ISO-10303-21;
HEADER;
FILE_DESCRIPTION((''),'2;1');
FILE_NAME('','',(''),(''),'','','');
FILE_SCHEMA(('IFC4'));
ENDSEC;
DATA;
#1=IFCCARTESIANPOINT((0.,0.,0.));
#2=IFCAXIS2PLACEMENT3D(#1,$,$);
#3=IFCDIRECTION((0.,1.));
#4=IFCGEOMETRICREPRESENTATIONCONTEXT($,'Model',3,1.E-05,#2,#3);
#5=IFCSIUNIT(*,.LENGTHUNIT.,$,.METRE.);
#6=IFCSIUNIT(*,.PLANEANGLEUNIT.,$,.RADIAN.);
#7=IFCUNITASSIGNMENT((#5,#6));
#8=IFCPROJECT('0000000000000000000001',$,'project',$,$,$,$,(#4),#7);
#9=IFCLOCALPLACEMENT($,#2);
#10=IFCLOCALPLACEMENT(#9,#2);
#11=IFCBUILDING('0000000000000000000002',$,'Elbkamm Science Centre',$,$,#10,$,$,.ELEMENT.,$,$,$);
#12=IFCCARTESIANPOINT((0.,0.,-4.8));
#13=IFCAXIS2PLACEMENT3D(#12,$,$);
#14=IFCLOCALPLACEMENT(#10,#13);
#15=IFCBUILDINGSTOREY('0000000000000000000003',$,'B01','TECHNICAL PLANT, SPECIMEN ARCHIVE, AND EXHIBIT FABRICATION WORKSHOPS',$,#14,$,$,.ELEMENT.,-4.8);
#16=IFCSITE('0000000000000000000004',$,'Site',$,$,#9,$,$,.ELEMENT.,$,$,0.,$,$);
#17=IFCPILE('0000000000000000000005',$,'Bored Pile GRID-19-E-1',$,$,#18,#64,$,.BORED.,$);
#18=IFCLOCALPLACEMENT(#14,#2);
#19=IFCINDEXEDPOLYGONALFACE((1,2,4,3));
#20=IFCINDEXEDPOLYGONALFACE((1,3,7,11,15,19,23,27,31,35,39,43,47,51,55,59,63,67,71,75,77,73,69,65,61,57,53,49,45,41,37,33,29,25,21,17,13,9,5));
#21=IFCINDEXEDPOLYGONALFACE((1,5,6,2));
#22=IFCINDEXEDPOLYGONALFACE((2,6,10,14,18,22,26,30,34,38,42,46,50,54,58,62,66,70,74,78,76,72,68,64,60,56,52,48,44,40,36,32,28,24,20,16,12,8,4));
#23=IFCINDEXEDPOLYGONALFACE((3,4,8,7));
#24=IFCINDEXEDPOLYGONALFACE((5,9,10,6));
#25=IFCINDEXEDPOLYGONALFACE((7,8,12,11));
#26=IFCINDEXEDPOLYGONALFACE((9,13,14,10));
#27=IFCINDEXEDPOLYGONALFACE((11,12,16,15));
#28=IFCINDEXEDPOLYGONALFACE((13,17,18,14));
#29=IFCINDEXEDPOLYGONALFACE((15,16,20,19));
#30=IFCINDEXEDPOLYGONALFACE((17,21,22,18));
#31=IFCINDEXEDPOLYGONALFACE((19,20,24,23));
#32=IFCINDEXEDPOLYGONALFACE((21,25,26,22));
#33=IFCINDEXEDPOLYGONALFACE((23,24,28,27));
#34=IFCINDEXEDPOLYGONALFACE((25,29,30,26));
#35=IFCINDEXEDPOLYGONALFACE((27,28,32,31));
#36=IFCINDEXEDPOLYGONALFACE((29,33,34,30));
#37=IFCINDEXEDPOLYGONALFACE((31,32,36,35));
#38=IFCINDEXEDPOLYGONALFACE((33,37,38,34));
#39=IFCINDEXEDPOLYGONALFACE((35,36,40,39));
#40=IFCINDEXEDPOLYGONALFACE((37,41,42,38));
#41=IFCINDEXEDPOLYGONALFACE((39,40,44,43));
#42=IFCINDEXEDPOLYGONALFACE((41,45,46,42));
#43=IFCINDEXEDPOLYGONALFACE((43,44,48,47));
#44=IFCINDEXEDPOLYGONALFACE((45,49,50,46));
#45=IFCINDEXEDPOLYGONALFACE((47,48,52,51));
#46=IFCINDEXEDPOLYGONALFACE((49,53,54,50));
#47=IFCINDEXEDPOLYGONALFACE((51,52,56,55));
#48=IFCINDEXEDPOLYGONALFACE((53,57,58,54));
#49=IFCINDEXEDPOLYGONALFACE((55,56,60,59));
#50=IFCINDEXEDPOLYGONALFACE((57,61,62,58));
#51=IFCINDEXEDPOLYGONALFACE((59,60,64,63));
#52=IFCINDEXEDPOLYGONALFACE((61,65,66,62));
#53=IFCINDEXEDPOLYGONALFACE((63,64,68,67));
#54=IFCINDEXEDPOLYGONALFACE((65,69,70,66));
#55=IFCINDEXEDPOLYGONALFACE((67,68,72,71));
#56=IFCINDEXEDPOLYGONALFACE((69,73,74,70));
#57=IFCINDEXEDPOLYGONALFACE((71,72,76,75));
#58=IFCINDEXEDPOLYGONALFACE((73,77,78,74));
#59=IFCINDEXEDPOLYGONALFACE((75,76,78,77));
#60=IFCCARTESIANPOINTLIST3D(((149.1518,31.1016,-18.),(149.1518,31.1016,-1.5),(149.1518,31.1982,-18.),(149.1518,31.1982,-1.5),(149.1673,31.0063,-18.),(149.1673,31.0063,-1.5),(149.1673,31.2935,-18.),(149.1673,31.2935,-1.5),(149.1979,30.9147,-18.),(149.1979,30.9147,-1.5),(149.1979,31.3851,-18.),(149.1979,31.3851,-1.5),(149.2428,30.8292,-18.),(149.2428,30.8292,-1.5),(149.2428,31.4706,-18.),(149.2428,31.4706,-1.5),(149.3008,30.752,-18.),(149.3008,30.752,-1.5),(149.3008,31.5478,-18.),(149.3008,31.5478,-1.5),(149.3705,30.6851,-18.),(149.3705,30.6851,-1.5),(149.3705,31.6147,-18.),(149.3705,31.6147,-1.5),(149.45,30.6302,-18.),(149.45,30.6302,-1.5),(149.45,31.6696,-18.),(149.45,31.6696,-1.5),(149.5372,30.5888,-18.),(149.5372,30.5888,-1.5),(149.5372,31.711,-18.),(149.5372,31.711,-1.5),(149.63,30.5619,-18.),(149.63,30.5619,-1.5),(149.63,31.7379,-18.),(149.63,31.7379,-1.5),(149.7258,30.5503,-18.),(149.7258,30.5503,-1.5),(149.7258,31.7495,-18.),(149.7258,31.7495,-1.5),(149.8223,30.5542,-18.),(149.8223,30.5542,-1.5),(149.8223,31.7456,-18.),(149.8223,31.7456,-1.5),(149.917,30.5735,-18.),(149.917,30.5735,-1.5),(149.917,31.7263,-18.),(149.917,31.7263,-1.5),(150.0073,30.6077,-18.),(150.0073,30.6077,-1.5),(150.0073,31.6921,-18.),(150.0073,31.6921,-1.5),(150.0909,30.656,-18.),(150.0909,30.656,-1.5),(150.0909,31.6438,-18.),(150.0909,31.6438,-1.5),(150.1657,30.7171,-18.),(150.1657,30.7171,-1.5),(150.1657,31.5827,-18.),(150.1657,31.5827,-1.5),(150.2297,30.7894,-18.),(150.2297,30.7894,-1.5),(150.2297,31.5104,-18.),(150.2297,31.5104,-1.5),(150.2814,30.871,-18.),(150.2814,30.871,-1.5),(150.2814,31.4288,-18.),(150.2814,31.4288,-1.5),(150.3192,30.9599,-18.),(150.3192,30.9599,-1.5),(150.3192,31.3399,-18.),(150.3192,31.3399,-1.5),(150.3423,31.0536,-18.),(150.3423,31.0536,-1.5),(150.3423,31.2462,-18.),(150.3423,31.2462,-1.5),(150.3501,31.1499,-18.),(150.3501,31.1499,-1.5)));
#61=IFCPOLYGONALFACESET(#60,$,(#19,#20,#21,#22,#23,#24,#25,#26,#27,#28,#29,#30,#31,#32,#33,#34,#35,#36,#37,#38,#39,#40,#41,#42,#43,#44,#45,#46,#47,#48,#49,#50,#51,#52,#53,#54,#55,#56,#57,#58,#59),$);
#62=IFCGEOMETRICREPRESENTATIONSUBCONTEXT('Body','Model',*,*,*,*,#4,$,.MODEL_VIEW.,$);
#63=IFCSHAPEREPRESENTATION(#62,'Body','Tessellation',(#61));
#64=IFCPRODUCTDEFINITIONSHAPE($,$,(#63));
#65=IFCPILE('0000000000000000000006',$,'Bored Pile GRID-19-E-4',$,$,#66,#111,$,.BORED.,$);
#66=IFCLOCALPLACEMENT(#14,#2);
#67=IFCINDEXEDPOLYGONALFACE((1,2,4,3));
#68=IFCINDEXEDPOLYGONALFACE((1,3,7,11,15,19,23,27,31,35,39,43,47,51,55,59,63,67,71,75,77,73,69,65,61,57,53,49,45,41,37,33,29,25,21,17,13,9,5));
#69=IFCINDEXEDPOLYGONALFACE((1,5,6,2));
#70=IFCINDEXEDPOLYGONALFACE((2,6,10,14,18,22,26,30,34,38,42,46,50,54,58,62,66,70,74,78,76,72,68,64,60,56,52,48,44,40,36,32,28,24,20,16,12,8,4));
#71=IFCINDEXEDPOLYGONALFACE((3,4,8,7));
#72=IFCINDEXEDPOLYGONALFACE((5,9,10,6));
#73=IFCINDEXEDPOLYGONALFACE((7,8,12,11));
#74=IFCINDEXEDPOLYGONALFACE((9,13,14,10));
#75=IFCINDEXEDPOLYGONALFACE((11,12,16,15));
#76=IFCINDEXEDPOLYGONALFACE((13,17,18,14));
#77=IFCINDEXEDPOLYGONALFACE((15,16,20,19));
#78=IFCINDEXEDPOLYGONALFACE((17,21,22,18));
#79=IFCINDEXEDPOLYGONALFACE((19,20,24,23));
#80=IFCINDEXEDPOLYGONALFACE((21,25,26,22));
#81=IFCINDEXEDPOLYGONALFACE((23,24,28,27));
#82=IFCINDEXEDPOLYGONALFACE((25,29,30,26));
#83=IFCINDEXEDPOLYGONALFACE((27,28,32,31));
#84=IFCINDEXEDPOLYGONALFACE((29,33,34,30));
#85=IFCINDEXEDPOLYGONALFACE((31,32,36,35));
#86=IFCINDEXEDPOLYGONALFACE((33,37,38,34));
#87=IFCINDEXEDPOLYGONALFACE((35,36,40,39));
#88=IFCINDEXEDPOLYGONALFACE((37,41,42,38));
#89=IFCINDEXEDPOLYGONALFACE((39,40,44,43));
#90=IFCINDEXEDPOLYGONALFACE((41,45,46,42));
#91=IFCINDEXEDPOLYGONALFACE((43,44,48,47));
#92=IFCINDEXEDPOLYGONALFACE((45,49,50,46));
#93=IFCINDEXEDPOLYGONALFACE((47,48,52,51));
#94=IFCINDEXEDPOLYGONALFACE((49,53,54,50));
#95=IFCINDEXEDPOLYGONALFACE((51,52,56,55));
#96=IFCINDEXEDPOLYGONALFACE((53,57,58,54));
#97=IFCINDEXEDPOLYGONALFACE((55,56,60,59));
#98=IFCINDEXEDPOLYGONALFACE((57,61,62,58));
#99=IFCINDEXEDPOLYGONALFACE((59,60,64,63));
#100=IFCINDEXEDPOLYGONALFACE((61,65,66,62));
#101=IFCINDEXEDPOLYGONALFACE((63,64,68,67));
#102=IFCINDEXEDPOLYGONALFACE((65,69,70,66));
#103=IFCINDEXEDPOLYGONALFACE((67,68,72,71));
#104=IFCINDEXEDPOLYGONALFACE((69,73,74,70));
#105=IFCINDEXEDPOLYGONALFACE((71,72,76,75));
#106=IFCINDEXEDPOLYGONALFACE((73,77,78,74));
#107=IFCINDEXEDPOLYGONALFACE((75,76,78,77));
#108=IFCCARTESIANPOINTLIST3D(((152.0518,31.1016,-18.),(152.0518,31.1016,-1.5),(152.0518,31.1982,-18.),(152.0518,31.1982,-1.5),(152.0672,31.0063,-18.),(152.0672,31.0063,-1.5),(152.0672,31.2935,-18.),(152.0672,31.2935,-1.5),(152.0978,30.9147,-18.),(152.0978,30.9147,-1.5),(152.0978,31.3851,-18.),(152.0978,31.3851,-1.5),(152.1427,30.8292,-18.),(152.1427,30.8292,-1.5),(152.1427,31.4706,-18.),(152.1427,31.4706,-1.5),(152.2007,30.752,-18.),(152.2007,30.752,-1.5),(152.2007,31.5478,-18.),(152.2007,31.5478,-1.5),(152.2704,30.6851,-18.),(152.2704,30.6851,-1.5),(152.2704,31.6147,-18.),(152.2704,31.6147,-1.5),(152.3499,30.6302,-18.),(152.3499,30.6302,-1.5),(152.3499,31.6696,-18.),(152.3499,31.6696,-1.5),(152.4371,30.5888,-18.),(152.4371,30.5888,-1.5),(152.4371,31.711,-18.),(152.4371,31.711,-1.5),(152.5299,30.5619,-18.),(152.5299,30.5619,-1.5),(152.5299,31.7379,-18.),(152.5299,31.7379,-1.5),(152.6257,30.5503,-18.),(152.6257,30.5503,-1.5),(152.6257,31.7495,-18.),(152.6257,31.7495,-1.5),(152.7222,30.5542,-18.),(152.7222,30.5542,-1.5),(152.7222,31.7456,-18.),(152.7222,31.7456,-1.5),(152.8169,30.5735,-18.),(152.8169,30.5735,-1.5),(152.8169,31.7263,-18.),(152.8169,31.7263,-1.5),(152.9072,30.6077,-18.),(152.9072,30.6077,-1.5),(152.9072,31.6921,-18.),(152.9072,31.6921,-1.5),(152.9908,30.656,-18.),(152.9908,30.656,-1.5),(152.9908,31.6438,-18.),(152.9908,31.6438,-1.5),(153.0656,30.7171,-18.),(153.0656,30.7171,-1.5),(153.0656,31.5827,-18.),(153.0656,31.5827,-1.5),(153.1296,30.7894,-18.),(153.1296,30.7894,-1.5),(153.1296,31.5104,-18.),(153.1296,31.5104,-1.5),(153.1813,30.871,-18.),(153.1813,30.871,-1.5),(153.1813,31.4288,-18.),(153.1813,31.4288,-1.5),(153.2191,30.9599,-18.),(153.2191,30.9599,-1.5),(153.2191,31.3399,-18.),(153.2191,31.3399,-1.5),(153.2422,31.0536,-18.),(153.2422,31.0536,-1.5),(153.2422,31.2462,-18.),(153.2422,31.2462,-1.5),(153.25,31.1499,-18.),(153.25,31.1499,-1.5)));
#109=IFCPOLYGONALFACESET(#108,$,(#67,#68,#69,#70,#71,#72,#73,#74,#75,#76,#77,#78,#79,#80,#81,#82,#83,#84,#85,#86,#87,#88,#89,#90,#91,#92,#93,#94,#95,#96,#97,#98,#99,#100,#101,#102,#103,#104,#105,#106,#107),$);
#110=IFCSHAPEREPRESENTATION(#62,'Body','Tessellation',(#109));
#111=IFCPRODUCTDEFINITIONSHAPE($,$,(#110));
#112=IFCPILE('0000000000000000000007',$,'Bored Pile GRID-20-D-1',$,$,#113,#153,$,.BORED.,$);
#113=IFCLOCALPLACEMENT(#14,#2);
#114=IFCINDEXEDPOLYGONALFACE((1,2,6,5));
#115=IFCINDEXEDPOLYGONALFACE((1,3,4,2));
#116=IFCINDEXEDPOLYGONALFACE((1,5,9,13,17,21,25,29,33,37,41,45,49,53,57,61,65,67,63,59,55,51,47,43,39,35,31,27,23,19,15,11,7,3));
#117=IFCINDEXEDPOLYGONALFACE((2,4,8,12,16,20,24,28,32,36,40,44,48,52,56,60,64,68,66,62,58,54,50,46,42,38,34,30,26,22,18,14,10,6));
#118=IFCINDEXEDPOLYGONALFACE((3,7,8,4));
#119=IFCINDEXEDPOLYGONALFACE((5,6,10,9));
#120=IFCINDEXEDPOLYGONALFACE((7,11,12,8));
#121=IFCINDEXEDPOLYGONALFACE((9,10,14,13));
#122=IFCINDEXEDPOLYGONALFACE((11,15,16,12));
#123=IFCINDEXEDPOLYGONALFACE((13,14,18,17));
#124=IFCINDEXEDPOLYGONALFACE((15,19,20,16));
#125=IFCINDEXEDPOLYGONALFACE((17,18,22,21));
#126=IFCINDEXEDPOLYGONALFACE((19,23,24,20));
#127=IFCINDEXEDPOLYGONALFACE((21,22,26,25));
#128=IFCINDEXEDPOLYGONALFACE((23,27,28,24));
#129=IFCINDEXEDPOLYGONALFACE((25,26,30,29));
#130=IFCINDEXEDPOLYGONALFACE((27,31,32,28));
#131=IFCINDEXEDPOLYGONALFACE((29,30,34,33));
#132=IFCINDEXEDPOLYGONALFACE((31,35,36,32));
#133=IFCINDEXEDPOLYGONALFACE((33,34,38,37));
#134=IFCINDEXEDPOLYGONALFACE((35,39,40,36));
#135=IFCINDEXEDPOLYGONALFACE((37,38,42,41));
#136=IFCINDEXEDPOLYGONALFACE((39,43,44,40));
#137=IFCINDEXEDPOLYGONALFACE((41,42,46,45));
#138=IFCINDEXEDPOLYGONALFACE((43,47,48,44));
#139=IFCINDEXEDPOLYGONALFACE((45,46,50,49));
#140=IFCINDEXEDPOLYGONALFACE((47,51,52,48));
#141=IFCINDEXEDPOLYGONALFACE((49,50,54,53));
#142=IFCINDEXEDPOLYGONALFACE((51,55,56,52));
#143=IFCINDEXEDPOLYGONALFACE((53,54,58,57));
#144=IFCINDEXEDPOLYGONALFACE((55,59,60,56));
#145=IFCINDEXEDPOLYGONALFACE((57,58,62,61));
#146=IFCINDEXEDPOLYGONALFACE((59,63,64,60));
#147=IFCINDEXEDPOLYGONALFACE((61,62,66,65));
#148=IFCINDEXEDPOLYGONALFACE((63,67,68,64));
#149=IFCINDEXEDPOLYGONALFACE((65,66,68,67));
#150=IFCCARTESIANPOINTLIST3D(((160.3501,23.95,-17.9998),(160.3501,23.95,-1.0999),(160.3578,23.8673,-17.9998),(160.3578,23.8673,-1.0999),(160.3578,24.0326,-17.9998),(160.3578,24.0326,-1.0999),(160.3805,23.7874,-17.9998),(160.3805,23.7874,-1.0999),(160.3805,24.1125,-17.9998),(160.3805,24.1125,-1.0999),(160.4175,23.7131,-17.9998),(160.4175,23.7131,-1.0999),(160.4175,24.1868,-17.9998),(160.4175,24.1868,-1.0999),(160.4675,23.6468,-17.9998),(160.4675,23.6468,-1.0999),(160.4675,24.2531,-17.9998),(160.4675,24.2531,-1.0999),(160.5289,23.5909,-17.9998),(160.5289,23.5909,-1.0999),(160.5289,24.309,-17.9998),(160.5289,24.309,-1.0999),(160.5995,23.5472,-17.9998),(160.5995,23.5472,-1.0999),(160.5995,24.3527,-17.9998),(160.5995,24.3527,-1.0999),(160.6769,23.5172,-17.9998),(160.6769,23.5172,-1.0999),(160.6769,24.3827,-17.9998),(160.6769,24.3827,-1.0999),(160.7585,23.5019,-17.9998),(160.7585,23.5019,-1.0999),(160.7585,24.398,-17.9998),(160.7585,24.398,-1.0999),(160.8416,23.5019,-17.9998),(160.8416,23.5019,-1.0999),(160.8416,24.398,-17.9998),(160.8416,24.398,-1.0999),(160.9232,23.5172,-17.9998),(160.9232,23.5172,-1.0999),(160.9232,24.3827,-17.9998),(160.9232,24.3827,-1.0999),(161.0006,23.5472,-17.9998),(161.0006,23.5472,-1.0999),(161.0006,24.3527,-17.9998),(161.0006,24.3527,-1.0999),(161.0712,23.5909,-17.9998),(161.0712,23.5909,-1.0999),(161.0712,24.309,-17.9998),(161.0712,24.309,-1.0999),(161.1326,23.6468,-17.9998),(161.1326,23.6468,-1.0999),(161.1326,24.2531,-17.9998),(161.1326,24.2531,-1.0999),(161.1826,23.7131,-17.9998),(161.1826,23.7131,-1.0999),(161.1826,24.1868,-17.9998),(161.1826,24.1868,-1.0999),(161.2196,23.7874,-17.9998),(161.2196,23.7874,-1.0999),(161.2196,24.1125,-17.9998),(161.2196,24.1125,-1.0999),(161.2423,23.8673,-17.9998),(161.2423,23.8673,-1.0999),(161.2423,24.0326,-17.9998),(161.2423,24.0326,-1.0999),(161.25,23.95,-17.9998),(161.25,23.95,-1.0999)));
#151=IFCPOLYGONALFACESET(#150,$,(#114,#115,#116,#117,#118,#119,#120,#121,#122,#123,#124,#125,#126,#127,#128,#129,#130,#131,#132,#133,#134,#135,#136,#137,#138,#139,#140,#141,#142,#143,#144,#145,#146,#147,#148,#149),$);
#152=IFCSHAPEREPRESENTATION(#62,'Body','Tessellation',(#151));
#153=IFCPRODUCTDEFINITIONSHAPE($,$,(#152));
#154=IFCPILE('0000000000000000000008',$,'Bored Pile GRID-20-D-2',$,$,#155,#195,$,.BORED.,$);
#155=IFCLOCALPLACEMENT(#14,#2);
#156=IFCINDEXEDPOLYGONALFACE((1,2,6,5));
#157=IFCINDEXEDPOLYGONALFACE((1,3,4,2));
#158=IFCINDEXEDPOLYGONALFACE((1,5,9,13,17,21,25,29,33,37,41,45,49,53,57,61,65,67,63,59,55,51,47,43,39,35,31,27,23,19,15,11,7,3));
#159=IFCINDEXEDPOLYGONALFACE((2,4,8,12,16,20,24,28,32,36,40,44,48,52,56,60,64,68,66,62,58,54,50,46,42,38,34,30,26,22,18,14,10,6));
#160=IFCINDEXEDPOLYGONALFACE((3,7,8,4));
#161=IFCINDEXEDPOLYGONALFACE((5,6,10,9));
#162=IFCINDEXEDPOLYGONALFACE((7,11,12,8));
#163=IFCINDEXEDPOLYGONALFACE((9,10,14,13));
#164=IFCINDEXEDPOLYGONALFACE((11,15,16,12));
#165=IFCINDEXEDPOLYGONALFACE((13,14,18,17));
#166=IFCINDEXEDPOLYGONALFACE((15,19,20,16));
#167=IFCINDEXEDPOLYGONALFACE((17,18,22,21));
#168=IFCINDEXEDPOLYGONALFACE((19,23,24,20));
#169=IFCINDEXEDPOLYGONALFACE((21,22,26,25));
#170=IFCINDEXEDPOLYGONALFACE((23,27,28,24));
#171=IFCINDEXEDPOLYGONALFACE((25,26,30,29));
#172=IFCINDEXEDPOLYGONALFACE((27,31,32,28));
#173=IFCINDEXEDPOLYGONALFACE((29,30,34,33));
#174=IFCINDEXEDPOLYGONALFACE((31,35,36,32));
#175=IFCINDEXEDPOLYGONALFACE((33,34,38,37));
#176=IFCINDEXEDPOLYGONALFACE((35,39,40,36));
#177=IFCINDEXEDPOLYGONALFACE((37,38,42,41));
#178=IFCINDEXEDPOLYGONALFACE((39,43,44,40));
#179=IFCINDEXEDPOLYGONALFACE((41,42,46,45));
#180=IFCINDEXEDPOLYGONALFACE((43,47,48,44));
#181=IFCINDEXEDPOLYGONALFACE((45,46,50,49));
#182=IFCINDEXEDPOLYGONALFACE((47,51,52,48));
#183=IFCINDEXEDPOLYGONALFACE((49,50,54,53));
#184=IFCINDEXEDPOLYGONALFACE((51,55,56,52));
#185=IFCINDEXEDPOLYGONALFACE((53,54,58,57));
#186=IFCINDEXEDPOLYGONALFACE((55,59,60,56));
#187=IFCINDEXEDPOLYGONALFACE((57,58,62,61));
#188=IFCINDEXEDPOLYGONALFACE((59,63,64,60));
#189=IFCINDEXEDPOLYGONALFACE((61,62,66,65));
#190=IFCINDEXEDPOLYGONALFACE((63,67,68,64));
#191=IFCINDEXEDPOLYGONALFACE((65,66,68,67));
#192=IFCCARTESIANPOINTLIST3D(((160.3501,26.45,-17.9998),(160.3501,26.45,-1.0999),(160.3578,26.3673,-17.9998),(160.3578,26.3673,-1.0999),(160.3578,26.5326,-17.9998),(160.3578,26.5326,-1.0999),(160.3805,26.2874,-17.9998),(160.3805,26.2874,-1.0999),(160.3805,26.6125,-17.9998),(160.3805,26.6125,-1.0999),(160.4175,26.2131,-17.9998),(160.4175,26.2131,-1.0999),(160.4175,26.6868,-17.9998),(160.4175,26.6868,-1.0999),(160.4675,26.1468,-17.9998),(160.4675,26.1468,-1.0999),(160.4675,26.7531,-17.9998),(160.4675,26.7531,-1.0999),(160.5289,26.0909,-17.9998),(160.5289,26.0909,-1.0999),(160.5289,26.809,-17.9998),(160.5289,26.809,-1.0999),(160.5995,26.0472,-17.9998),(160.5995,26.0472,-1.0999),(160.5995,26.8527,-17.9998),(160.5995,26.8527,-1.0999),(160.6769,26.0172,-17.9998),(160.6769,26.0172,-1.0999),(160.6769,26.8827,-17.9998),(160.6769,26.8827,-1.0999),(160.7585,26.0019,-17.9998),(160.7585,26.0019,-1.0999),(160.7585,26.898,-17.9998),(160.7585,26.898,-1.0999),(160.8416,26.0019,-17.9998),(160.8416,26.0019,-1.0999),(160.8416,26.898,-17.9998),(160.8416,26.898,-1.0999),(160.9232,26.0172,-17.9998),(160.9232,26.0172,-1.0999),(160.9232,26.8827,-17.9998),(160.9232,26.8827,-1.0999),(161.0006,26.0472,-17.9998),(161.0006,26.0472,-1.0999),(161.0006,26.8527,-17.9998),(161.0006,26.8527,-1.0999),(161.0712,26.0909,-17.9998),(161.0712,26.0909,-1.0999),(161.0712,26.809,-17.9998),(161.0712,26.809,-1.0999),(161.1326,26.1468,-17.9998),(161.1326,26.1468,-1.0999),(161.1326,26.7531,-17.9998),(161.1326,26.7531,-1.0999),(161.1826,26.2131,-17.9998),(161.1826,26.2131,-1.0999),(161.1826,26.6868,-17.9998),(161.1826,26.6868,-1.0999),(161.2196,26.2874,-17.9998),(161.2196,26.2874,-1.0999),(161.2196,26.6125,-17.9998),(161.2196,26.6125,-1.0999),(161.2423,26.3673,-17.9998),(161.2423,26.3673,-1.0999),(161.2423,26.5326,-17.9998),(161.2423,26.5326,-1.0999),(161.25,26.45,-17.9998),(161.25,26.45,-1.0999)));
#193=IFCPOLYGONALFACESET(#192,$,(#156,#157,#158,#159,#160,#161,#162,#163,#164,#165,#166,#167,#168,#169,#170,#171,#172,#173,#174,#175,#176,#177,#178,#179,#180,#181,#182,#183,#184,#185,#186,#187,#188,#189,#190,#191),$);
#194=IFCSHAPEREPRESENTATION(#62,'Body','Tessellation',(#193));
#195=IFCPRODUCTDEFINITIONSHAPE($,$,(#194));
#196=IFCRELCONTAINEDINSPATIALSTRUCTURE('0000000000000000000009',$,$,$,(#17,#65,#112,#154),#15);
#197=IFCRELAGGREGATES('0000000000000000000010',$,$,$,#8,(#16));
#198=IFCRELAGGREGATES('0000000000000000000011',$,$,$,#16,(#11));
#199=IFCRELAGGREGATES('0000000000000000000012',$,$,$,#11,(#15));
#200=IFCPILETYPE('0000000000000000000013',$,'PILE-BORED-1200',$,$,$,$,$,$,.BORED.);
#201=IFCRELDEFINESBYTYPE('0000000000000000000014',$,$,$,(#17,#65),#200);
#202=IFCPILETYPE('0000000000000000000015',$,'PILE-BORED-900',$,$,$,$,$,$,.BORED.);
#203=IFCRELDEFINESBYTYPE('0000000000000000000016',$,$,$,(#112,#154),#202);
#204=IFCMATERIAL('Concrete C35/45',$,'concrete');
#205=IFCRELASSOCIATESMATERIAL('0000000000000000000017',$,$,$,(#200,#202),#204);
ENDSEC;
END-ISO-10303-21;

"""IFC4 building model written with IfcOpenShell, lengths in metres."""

from ifc_helpers import new_model, si_unit, direction, frame, origin, origin_2d, place, context, subcontext, project, spatial, circle, extrude, material, material_profile, profile_set, type_object, element, save


model = new_model("IFC4")

# Units and contexts
model_context = context("Model", 3, precision=1e-05, world=origin(), true_north=direction((0.0, 1.0)))
body_context = subcontext(model_context, "Body", "Model", "MODEL_VIEW")
ifc_project = project(units=[si_unit("LENGTHUNIT", "METRE"), si_unit("PLANEANGLEUNIT", "RADIAN")], contexts=[model_context])

# Site, building, storey
site_placement = place(None, origin())
site = spatial("IfcSite", under=ifc_project, at=site_placement, Name="Site", CompositionType="ELEMENT", RefElevation=0.0)
building_placement = place(site_placement, origin())
building = spatial("IfcBuilding", under=site, at=building_placement, Name="Elbkamm Science Centre", CompositionType="ELEMENT")
storey_placement = place(building_placement, frame((0.0, 0.0, -4.8)))
storey = spatial("IfcBuildingStorey", under=building, at=storey_placement, Name="B01", Description="TECHNICAL PLANT, SPECIMEN ARCHIVE, AND EXHIBIT FABRICATION WORKSHOPS", CompositionType="ELEMENT", Elevation=-4.8)

# Shared definitions
ifc_material_1 = material(Name="Concrete C35/45", Category="concrete")

# Piles
ifc_material_profile_1 = material_profile(ifc_material_1, circle(Radius=0.6001, at=origin_2d()), Name="PILE D1200")
ifc_profile_set_1 = profile_set([ifc_material_profile_1], Name="Concrete C35/45")
pile_type_1 = type_object("IfcPileType", Name="PILE-BORED-1200", PredefinedType="BORED", material=ifc_profile_set_1)
for number, where, z_axis, x_axis, name in (
    (1, (149.75, 31.1499, -1.5), (0.0, 0.0, -1.0), (1.0, 0.0, 0.0), "Bored Pile GRID-19-E-1"),
    (2, (152.6499, 31.1499, -1.5), (0.0, 0.0, -1.0), (1.0, 0.0, 0.0), "Bored Pile GRID-19-E-4"),
):
    element("IfcPile", number, at=place(storey_placement, frame(where, z_axis=z_axis, x_axis=x_axis)), inside=storey, type_object=pile_type_1, Name=name, PredefinedType="BORED", context=body_context, shape_type="SweptSolid", body=[
        extrude(circle(Radius=0.6001, at=origin_2d()), origin(), (0.0, 0.0, 1.0), 16.5),
    ])
ifc_material_profile_2 = material_profile(ifc_material_1, circle(Radius=0.45, at=origin_2d()), Name="PILE D900")
ifc_profile_set_2 = profile_set([ifc_material_profile_2], Name="Concrete C35/45")
pile_type_2 = type_object("IfcPileType", Name="PILE-BORED-900", PredefinedType="BORED", material=ifc_profile_set_2)
for number, where, z_axis, x_axis, name in (
    (3, (160.8, 23.95, -1.0999), (0.0, 0.0, -1.0), (1.0, 0.0, 0.0), "Bored Pile GRID-20-D-1"),
    (4, (160.8, 26.45, -1.0999), (0.0, 0.0, -1.0), (1.0, 0.0, 0.0), "Bored Pile GRID-20-D-2"),
):
    element("IfcPile", number, at=place(storey_placement, frame(where, z_axis=z_axis, x_axis=x_axis)), inside=storey, type_object=pile_type_2, Name=name, PredefinedType="BORED", context=body_context, shape_type="SweptSolid", body=[
        extrude(circle(Radius=0.45, at=origin_2d()), origin(), (0.0, 0.0, 1.0), 16.8999),
    ])

save(model, "model.ifc")
